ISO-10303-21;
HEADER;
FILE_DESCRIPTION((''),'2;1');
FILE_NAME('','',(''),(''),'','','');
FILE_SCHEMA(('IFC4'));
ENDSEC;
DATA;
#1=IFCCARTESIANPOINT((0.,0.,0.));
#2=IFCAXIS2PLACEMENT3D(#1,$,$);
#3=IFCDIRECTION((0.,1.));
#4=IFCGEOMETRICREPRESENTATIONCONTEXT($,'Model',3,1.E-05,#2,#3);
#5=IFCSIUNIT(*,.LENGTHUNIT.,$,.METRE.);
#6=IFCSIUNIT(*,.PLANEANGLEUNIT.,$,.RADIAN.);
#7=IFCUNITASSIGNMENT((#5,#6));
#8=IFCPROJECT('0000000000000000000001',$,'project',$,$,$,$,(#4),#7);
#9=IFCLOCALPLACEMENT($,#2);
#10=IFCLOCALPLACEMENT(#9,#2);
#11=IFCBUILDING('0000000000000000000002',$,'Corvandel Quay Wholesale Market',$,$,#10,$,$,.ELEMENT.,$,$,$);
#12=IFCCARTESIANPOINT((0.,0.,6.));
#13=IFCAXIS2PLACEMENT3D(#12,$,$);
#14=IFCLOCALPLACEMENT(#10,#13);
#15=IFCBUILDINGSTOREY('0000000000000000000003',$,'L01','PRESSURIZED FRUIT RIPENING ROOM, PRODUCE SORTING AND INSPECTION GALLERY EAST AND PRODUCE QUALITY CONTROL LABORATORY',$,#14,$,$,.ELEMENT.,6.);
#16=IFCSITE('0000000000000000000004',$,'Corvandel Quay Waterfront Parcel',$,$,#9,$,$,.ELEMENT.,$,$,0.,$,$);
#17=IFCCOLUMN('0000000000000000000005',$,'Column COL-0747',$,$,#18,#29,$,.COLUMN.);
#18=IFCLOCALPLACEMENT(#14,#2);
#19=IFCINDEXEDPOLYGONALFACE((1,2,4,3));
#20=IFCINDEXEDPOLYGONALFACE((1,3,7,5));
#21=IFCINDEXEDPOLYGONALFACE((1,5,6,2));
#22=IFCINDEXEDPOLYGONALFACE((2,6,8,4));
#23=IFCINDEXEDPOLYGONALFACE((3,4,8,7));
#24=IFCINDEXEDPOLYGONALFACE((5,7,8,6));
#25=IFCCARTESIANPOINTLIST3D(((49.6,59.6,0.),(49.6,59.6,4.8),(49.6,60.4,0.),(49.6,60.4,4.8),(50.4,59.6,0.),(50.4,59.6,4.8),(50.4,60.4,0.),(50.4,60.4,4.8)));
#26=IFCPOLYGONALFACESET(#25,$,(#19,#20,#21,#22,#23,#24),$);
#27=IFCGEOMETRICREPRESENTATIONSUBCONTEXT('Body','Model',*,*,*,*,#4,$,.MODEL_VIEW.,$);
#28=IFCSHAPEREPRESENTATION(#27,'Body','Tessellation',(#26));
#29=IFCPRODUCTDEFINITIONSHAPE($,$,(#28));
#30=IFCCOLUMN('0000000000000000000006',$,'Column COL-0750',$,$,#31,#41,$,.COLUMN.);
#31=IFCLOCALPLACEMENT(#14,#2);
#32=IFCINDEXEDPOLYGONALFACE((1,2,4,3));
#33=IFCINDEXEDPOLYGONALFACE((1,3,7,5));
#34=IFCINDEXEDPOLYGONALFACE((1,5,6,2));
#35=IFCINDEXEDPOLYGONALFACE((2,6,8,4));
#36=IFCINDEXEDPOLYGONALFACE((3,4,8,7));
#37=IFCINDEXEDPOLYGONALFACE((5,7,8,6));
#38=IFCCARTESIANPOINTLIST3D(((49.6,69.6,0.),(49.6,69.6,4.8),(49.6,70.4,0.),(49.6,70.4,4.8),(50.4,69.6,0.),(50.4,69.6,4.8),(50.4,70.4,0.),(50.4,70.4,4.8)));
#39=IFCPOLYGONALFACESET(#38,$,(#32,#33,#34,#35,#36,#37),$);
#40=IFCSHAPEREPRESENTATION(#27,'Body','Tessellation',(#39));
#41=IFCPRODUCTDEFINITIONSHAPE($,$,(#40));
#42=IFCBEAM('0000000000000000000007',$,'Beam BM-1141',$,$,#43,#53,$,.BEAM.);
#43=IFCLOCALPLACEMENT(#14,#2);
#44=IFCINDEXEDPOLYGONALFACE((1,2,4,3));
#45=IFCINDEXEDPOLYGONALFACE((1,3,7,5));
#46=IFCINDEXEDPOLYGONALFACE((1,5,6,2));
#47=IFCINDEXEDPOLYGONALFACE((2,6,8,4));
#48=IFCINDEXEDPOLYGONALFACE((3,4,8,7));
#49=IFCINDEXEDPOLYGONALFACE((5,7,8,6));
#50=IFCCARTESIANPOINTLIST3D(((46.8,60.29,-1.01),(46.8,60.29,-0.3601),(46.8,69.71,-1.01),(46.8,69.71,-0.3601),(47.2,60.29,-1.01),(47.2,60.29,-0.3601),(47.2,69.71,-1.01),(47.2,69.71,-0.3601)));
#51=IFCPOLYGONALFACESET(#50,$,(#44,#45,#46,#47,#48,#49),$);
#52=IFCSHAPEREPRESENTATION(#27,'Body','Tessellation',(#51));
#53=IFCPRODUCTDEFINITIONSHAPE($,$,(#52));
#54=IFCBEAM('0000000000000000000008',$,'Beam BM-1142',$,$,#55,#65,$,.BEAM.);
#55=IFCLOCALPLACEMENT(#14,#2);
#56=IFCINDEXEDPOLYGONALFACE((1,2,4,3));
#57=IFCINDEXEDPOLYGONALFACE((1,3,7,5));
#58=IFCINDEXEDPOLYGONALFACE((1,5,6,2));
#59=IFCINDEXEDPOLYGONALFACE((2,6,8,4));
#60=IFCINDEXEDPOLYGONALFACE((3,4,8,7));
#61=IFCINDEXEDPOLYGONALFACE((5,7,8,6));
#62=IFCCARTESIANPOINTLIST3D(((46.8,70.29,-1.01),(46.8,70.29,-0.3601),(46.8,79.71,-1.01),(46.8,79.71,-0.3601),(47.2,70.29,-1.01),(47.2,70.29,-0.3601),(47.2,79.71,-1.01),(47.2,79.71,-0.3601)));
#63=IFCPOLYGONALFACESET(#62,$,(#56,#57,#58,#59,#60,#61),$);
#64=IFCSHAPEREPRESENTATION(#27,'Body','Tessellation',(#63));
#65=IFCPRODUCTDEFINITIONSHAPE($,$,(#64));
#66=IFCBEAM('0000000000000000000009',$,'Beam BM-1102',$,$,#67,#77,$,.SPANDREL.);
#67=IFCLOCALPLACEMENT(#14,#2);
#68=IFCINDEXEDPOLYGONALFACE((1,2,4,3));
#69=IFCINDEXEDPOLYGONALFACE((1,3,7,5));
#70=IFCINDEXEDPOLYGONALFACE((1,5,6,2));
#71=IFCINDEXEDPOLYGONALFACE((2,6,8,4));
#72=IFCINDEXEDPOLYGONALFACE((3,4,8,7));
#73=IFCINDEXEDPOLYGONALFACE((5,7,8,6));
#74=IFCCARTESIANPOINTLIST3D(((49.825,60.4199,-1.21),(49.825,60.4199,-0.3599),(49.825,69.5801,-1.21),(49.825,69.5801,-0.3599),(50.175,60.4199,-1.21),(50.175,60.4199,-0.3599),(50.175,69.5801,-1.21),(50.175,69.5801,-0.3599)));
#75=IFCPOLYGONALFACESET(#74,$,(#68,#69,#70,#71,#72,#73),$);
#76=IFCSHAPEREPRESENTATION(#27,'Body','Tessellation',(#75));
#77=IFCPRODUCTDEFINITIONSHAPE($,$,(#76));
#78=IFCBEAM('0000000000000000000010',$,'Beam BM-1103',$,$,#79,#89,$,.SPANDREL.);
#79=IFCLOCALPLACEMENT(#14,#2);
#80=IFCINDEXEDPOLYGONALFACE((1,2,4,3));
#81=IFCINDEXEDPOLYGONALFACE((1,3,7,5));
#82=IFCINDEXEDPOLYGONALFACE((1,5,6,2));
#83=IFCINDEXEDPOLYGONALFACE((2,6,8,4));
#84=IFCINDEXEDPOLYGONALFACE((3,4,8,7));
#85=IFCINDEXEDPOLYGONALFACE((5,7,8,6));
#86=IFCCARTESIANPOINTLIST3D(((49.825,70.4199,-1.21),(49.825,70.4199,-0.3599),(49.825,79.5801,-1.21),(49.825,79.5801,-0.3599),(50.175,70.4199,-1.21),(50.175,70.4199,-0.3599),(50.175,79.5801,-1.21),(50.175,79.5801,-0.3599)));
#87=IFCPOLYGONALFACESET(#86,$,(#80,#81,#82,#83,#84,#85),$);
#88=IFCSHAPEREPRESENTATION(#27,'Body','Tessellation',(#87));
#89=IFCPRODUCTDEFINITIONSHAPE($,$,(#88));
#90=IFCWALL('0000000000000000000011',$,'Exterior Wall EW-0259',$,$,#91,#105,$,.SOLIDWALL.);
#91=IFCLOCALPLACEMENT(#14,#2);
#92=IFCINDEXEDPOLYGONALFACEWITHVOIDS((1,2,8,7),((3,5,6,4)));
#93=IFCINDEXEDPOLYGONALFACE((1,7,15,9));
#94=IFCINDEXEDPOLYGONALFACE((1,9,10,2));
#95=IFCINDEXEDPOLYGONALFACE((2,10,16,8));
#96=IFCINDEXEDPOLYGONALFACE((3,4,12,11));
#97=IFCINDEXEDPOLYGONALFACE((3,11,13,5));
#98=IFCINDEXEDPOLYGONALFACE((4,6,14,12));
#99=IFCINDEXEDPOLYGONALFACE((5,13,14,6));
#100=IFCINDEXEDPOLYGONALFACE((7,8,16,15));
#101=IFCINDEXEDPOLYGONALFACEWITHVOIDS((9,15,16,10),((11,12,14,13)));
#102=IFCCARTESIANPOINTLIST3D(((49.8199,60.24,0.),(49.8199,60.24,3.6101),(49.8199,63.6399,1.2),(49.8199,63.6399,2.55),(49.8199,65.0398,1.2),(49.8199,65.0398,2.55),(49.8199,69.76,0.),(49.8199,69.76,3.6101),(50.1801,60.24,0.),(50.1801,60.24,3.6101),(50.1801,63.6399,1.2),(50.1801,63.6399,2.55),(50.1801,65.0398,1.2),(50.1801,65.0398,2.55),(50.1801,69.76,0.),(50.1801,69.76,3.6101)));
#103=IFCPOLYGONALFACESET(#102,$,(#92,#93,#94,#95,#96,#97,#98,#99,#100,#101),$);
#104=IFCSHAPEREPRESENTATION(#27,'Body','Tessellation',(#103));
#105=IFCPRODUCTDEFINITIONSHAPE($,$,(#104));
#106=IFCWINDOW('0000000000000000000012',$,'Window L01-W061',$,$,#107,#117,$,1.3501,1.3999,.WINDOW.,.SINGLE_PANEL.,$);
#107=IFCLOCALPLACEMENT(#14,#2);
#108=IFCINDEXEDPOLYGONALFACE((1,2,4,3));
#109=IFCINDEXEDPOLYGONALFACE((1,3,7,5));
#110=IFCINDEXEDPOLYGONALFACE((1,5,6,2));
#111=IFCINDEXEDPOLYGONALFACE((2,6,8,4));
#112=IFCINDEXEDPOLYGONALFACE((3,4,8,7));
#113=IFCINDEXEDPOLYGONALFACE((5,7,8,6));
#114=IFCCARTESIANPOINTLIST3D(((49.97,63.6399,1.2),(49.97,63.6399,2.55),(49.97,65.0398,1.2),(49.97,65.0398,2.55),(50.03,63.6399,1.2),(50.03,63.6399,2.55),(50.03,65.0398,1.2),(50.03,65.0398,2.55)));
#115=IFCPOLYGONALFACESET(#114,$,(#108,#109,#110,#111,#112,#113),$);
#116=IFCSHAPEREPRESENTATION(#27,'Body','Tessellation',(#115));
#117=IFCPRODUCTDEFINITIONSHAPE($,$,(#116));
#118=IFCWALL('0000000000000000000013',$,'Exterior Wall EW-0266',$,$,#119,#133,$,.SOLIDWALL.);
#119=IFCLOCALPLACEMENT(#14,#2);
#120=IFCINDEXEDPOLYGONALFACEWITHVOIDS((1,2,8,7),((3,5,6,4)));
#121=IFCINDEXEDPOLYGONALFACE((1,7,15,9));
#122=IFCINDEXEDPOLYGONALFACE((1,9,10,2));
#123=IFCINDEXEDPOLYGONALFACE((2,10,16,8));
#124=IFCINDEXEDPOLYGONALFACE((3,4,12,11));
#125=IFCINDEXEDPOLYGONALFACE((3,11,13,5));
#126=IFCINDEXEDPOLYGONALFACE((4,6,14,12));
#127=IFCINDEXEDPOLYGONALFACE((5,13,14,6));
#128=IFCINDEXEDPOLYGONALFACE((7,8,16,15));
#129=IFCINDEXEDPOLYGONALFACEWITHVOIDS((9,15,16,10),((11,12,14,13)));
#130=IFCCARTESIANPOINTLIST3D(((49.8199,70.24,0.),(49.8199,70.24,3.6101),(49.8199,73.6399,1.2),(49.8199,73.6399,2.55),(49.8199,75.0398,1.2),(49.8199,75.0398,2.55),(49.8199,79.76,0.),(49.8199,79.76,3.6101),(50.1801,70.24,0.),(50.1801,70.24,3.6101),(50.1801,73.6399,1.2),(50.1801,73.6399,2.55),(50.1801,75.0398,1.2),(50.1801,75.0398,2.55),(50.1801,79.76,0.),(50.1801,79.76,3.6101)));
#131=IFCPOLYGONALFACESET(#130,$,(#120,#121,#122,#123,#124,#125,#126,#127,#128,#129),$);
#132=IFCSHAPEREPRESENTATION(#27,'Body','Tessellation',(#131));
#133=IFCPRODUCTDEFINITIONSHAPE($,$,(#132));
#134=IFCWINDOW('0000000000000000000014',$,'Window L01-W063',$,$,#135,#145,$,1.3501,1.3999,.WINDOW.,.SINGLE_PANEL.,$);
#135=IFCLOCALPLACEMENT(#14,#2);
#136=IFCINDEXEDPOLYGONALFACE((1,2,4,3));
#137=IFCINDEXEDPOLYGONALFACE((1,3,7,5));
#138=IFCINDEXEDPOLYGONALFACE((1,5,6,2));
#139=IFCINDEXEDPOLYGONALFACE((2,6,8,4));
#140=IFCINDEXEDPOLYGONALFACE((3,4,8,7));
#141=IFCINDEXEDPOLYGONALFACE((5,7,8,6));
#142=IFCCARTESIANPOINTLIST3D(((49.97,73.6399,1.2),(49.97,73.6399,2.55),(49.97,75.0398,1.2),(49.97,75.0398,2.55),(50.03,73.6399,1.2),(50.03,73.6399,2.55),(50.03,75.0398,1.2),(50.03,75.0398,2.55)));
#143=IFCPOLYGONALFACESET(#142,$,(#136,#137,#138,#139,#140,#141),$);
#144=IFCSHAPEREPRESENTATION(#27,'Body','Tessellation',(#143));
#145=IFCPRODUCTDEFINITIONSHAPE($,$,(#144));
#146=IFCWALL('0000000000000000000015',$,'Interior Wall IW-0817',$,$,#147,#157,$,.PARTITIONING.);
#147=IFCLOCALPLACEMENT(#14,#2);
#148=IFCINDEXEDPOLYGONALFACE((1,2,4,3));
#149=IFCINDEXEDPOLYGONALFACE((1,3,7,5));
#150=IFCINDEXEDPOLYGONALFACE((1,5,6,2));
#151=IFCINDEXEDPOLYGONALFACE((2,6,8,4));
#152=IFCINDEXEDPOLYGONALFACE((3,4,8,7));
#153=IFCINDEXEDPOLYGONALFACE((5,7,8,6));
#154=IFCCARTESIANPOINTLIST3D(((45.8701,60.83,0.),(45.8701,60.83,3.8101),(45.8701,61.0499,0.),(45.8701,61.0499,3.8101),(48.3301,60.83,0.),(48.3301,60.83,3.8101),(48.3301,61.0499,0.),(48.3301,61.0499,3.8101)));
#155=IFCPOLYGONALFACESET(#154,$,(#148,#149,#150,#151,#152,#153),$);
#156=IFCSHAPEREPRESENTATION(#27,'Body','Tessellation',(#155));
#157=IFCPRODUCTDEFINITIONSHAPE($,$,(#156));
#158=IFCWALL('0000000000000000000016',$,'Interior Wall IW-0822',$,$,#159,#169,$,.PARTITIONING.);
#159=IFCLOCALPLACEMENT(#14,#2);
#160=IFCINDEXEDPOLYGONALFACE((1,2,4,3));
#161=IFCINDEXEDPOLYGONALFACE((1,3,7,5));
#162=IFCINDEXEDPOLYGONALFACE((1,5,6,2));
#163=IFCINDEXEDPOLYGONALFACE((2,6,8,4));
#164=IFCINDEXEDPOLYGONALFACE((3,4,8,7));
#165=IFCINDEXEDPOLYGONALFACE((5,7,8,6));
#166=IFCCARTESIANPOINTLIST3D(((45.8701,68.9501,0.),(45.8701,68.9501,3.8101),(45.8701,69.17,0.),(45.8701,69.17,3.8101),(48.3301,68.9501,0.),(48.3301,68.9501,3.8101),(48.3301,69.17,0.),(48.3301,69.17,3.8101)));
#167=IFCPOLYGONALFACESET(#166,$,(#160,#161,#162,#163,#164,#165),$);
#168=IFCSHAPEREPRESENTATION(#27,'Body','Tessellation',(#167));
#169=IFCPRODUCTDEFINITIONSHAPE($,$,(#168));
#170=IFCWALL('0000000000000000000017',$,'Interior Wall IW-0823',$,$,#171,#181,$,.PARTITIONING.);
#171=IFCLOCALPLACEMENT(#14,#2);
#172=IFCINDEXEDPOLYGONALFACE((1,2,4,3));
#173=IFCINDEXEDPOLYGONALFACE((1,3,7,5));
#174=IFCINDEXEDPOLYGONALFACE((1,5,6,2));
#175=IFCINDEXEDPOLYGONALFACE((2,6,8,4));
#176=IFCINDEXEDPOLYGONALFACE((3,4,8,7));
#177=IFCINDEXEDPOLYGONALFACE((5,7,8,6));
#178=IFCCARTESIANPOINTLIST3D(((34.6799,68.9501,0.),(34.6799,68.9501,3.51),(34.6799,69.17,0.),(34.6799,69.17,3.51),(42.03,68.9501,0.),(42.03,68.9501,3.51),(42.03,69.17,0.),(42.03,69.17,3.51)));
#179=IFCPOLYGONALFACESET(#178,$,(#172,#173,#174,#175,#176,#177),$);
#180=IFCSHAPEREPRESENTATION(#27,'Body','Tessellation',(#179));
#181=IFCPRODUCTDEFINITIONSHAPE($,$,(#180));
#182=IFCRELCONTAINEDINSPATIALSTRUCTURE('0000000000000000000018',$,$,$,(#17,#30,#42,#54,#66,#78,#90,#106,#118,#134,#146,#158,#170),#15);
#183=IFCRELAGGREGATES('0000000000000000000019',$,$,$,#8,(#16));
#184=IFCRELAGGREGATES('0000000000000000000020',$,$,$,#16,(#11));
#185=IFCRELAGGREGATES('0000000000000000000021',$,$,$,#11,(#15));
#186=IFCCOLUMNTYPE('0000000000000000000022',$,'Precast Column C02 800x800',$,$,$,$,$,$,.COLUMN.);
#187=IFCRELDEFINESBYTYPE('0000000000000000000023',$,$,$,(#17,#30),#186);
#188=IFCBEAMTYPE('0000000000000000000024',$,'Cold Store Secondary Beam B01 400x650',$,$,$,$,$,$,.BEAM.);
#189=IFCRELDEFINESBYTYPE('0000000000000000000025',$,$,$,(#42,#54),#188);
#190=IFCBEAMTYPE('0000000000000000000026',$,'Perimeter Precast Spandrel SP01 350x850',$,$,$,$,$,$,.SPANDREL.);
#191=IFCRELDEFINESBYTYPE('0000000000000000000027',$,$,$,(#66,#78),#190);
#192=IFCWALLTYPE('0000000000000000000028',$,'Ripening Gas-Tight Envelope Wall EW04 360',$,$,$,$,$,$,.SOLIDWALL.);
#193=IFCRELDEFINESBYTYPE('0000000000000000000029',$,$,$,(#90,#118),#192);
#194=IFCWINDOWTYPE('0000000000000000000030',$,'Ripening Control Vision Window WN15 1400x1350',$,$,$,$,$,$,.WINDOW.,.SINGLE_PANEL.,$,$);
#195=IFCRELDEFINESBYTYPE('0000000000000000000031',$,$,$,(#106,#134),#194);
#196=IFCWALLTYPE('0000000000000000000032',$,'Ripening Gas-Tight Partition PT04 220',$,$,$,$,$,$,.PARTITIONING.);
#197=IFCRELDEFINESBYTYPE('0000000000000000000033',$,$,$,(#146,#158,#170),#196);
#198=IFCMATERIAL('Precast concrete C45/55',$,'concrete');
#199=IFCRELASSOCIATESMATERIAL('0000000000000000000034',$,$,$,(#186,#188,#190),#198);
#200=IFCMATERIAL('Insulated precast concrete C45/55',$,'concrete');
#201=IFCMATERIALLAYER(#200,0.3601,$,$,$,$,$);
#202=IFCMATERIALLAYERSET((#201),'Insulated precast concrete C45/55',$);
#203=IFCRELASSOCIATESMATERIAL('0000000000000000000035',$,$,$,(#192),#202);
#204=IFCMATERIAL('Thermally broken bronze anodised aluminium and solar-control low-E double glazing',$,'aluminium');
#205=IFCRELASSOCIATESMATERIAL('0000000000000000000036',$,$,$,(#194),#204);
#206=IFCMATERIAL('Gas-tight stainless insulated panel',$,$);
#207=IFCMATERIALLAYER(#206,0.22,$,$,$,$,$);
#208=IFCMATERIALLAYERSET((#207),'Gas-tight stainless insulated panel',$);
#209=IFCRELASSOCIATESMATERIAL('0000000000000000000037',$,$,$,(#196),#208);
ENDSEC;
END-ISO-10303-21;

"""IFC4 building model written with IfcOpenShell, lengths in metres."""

from ifc_helpers import new_model, si_unit, direction, frame, frame_2d, origin, origin_2d, place, context, subcontext, project, spatial, rectangle, extrude, material, layer, layer_set, material_profile, profile_set, type_object, element, fill, save


model = new_model("IFC4")

# Units and contexts
model_context = context("Model", 3, precision=1e-05, world=origin(), true_north=direction((0.0, 1.0)))
body_context = subcontext(model_context, "Body", "Model", "MODEL_VIEW")
ifc_project = project(units=[si_unit("LENGTHUNIT", "METRE"), si_unit("PLANEANGLEUNIT", "RADIAN")], contexts=[model_context])

# Site, building, storey
site_placement = place(None, origin())
site = spatial("IfcSite", under=ifc_project, at=site_placement, Name="Corvandel Quay Waterfront Parcel", CompositionType="ELEMENT", RefElevation=0.0)
building_placement = place(site_placement, origin())
building = spatial("IfcBuilding", under=site, at=building_placement, Name="Corvandel Quay Wholesale Market", CompositionType="ELEMENT")
storey_placement = place(building_placement, frame((0.0, 0.0, 6.0)))
storey = spatial("IfcBuildingStorey", under=building, at=storey_placement, Name="L01", Description="PRESSURIZED FRUIT RIPENING ROOM, PRODUCE SORTING AND INSPECTION GALLERY EAST AND PRODUCE QUALITY CONTROL LABORATORY", CompositionType="ELEMENT", Elevation=6.0)

# Columns
ifc_material_1 = material(Name="Precast concrete C45/55", Category="concrete")
ifc_material_profile_1 = material_profile(ifc_material_1, rectangle(XDim=0.8, YDim=0.8, at=origin_2d()), Name="PC-COL-800x800")
ifc_profile_set_1 = profile_set([ifc_material_profile_1], Name="Precast concrete C45/55")
column_type = type_object("IfcColumnType", Name="Precast Column C02 800x800", PredefinedType="COLUMN", material=ifc_profile_set_1)
for number, where, z_axis, x_axis, name in (
    (1, (50.0, 60.0, 0.0), (0.0, 0.0, 1.0), (1.0, 0.0, 0.0), "Column COL-0747"),
    (2, (50.0, 70.0, 0.0), (0.0, 0.0, 1.0), (1.0, 0.0, 0.0), "Column COL-0750"),
):
    element("IfcColumn", number, at=place(storey_placement, frame(where, z_axis=z_axis, x_axis=x_axis)), inside=storey, type_object=column_type, Name=name, PredefinedType="COLUMN", context=body_context, shape_type="SweptSolid", body=[
        extrude(rectangle(XDim=0.8, YDim=0.8, at=origin_2d()), origin(), (0.0, 0.0, 1.0), 4.8),
    ])

# Beams
ifc_material_profile_2 = material_profile(ifc_material_1, rectangle(XDim=0.3999, YDim=0.6499, at=origin_2d()), Name="PC-BM-400x650")
ifc_profile_set_2 = profile_set([ifc_material_profile_2], Name="Precast concrete C45/55")
beam_type_1 = type_object("IfcBeamType", Name="Cold Store Secondary Beam B01 400x650", PredefinedType="BEAM", material=ifc_profile_set_2)
for number, where, z_axis, x_axis, name in (
    (3, (47.0, 60.29, -0.6851), (0.0, 1.0, 0.0), (-1.0, 0.0, 0.0), "Beam BM-1141"),
    (4, (47.0, 70.29, -0.6851), (0.0, 1.0, 0.0), (-1.0, 0.0, 0.0), "Beam BM-1142"),
):
    element("IfcBeam", number, at=place(storey_placement, frame(where, z_axis=z_axis, x_axis=x_axis)), inside=storey, type_object=beam_type_1, Name=name, PredefinedType="BEAM", context=body_context, shape_type="SweptSolid", body=[
        extrude(rectangle(XDim=0.3999, YDim=0.6499, at=origin_2d()), origin(), (0.0, 0.0, 1.0), 9.4199),
    ])
ifc_material_profile_3 = material_profile(ifc_material_1, rectangle(XDim=0.3501, YDim=0.8501, at=origin_2d()), Name="PC-SPN-350x850")
ifc_profile_set_3 = profile_set([ifc_material_profile_3], Name="Precast concrete C45/55")
beam_type_2 = type_object("IfcBeamType", Name="Perimeter Precast Spandrel SP01 350x850", PredefinedType="SPANDREL", material=ifc_profile_set_3)
for number, where, z_axis, x_axis, name in (
    (5, (50.0, 60.4199, -0.7849), (0.0, 1.0, 0.0), (-1.0, 0.0, 0.0), "Beam BM-1102"),
    (6, (50.0, 70.4199, -0.7849), (0.0, 1.0, 0.0), (-1.0, 0.0, 0.0), "Beam BM-1103"),
):
    element("IfcBeam", number, at=place(storey_placement, frame(where, z_axis=z_axis, x_axis=x_axis)), inside=storey, type_object=beam_type_2, Name=name, PredefinedType="SPANDREL", context=body_context, shape_type="SweptSolid", body=[
        extrude(rectangle(XDim=0.3501, YDim=0.8501, at=origin_2d()), origin(), (0.0, 0.0, 1.0), 9.1602),
    ])

# Walls, openings, windows
ifc_material_2 = material(Name="Insulated precast concrete C45/55", Category="concrete")
ifc_layer_1 = layer(ifc_material_2, 0.3601)
ifc_layer_set_1 = layer_set([ifc_layer_1], Name="Insulated precast concrete C45/55")
wall_type_1 = type_object("IfcWallType", Name="Ripening Gas-Tight Envelope Wall EW04 360", PredefinedType="SOLIDWALL", material=ifc_layer_set_1)
wall_1_placement = place(storey_placement, frame((50.0, 60.24, 0.0), z_axis=(0.0, 0.0, 1.0), x_axis=(0.0, 1.0, 0.0)))
wall_1 = element("IfcWall", 7, at=wall_1_placement, inside=storey, type_object=wall_type_1, Name="Exterior Wall EW-0259", PredefinedType="SOLIDWALL", context=body_context, shape_type="SweptSolid", body=[
    extrude(rectangle(XDim=9.52, YDim=0.3601, at=frame_2d((4.76, 0.0))), origin(), (0.0, 0.0, 1.0), 3.6101),
])
opening_1_placement = place(wall_1_placement, frame((3.3999, 0.0, 1.2)))
opening_1 = element("IfcOpeningElement", 8, at=opening_1_placement, cuts=wall_1, PredefinedType="OPENING", context=body_context, shape_type="SweptSolid", body=[
    extrude(rectangle(XDim=1.3999, YDim=1.3501, at=frame_2d((0.7, 0.675))), frame((0.0, 0.1899, 0.0), z_axis=(0.0, -1.0, 0.0), x_axis=(1.0, 0.0, 0.0)), (0.0, 0.0, 1.0), 0.3801),
])
ifc_material_3 = material(Name="Thermally broken bronze anodised aluminium and solar-control low-E double glazing", Category="aluminium")
window_type = type_object("IfcWindowType", Name="Ripening Control Vision Window WN15 1400x1350", PartitioningType="SINGLE_PANEL", PredefinedType="WINDOW", material=ifc_material_3)
window_1_placement = place(opening_1_placement, origin())
window_1 = element("IfcWindow", 9, at=window_1_placement, inside=storey, type_object=window_type, Name="Window L01-W061", OverallHeight=1.3501, OverallWidth=1.3999, PartitioningType="SINGLE_PANEL", PredefinedType="WINDOW", context=body_context, shape_type="SweptSolid", body=[
    extrude(rectangle(XDim=1.3999, YDim=1.3501, at=frame_2d((0.7, 0.675))), frame((0.0, 0.03, 0.0), z_axis=(0.0, -1.0, 0.0), x_axis=(1.0, 0.0, 0.0)), (0.0, 0.0, 1.0), 0.0601),
])
fill(opening_1, window_1)
wall_2_placement = place(storey_placement, frame((50.0, 70.24, 0.0), z_axis=(0.0, 0.0, 1.0), x_axis=(0.0, 1.0, 0.0)))
wall_2 = element("IfcWall", 10, at=wall_2_placement, inside=storey, type_object=wall_type_1, Name="Exterior Wall EW-0266", PredefinedType="SOLIDWALL", context=body_context, shape_type="SweptSolid", body=[
    extrude(rectangle(XDim=9.52, YDim=0.3601, at=frame_2d((4.76, 0.0))), origin(), (0.0, 0.0, 1.0), 3.6101),
])
opening_2_placement = place(wall_2_placement, frame((3.3999, 0.0, 1.2)))
opening_2 = element("IfcOpeningElement", 11, at=opening_2_placement, cuts=wall_2, PredefinedType="OPENING", context=body_context, shape_type="SweptSolid", body=[
    extrude(rectangle(XDim=1.3999, YDim=1.3501, at=frame_2d((0.7, 0.675))), frame((0.0, 0.1899, 0.0), z_axis=(0.0, -1.0, 0.0), x_axis=(1.0, 0.0, 0.0)), (0.0, 0.0, 1.0), 0.3801),
])
window_2_placement = place(opening_2_placement, origin())
window_2 = element("IfcWindow", 12, at=window_2_placement, inside=storey, type_object=window_type, Name="Window L01-W063", OverallHeight=1.3501, OverallWidth=1.3999, PartitioningType="SINGLE_PANEL", PredefinedType="WINDOW", context=body_context, shape_type="SweptSolid", body=[
    extrude(rectangle(XDim=1.3999, YDim=1.3501, at=frame_2d((0.7, 0.675))), frame((0.0, 0.03, 0.0), z_axis=(0.0, -1.0, 0.0), x_axis=(1.0, 0.0, 0.0)), (0.0, 0.0, 1.0), 0.0601),
])
fill(opening_2, window_2)

# Walls
ifc_material_4 = material(Name="Gas-tight stainless insulated panel")
ifc_layer_2 = layer(ifc_material_4, 0.22)
ifc_layer_set_2 = layer_set([ifc_layer_2], Name="Gas-tight stainless insulated panel")
wall_type_2 = type_object("IfcWallType", Name="Ripening Gas-Tight Partition PT04 220", PredefinedType="PARTITIONING", material=ifc_layer_set_2)
for number, where, z_axis, x_axis, name in (
    (13, (45.8701, 60.9399, 0.0), (0.0, 0.0, 1.0), (1.0, 0.0, 0.0), "Interior Wall IW-0817"),
    (14, (48.3301, 69.0601, 0.0), (0.0, 0.0, 1.0), (-1.0, 0.0, 0.0), "Interior Wall IW-0822"),
):
    element("IfcWall", number, at=place(storey_placement, frame(where, z_axis=z_axis, x_axis=x_axis)), inside=storey, type_object=wall_type_2, Name=name, PredefinedType="PARTITIONING", context=body_context, shape_type="SweptSolid", body=[
        extrude(rectangle(XDim=2.46, YDim=0.22, at=frame_2d((1.23, 0.0))), origin(), (0.0, 0.0, 1.0), 3.8101),
    ])
wall_3_placement = place(storey_placement, frame((42.03, 69.0601, 0.0), z_axis=(0.0, 0.0, 1.0), x_axis=(-1.0, 0.0, 0.0)))
element("IfcWall", 15, at=wall_3_placement, inside=storey, type_object=wall_type_2, Name="Interior Wall IW-0823", PredefinedType="PARTITIONING", context=body_context, shape_type="SweptSolid", body=[
    extrude(rectangle(XDim=7.3501, YDim=0.22, at=frame_2d((3.675, 0.0))), origin(), (0.0, 0.0, 1.0), 3.51),
])

save(model, "model.ifc")
